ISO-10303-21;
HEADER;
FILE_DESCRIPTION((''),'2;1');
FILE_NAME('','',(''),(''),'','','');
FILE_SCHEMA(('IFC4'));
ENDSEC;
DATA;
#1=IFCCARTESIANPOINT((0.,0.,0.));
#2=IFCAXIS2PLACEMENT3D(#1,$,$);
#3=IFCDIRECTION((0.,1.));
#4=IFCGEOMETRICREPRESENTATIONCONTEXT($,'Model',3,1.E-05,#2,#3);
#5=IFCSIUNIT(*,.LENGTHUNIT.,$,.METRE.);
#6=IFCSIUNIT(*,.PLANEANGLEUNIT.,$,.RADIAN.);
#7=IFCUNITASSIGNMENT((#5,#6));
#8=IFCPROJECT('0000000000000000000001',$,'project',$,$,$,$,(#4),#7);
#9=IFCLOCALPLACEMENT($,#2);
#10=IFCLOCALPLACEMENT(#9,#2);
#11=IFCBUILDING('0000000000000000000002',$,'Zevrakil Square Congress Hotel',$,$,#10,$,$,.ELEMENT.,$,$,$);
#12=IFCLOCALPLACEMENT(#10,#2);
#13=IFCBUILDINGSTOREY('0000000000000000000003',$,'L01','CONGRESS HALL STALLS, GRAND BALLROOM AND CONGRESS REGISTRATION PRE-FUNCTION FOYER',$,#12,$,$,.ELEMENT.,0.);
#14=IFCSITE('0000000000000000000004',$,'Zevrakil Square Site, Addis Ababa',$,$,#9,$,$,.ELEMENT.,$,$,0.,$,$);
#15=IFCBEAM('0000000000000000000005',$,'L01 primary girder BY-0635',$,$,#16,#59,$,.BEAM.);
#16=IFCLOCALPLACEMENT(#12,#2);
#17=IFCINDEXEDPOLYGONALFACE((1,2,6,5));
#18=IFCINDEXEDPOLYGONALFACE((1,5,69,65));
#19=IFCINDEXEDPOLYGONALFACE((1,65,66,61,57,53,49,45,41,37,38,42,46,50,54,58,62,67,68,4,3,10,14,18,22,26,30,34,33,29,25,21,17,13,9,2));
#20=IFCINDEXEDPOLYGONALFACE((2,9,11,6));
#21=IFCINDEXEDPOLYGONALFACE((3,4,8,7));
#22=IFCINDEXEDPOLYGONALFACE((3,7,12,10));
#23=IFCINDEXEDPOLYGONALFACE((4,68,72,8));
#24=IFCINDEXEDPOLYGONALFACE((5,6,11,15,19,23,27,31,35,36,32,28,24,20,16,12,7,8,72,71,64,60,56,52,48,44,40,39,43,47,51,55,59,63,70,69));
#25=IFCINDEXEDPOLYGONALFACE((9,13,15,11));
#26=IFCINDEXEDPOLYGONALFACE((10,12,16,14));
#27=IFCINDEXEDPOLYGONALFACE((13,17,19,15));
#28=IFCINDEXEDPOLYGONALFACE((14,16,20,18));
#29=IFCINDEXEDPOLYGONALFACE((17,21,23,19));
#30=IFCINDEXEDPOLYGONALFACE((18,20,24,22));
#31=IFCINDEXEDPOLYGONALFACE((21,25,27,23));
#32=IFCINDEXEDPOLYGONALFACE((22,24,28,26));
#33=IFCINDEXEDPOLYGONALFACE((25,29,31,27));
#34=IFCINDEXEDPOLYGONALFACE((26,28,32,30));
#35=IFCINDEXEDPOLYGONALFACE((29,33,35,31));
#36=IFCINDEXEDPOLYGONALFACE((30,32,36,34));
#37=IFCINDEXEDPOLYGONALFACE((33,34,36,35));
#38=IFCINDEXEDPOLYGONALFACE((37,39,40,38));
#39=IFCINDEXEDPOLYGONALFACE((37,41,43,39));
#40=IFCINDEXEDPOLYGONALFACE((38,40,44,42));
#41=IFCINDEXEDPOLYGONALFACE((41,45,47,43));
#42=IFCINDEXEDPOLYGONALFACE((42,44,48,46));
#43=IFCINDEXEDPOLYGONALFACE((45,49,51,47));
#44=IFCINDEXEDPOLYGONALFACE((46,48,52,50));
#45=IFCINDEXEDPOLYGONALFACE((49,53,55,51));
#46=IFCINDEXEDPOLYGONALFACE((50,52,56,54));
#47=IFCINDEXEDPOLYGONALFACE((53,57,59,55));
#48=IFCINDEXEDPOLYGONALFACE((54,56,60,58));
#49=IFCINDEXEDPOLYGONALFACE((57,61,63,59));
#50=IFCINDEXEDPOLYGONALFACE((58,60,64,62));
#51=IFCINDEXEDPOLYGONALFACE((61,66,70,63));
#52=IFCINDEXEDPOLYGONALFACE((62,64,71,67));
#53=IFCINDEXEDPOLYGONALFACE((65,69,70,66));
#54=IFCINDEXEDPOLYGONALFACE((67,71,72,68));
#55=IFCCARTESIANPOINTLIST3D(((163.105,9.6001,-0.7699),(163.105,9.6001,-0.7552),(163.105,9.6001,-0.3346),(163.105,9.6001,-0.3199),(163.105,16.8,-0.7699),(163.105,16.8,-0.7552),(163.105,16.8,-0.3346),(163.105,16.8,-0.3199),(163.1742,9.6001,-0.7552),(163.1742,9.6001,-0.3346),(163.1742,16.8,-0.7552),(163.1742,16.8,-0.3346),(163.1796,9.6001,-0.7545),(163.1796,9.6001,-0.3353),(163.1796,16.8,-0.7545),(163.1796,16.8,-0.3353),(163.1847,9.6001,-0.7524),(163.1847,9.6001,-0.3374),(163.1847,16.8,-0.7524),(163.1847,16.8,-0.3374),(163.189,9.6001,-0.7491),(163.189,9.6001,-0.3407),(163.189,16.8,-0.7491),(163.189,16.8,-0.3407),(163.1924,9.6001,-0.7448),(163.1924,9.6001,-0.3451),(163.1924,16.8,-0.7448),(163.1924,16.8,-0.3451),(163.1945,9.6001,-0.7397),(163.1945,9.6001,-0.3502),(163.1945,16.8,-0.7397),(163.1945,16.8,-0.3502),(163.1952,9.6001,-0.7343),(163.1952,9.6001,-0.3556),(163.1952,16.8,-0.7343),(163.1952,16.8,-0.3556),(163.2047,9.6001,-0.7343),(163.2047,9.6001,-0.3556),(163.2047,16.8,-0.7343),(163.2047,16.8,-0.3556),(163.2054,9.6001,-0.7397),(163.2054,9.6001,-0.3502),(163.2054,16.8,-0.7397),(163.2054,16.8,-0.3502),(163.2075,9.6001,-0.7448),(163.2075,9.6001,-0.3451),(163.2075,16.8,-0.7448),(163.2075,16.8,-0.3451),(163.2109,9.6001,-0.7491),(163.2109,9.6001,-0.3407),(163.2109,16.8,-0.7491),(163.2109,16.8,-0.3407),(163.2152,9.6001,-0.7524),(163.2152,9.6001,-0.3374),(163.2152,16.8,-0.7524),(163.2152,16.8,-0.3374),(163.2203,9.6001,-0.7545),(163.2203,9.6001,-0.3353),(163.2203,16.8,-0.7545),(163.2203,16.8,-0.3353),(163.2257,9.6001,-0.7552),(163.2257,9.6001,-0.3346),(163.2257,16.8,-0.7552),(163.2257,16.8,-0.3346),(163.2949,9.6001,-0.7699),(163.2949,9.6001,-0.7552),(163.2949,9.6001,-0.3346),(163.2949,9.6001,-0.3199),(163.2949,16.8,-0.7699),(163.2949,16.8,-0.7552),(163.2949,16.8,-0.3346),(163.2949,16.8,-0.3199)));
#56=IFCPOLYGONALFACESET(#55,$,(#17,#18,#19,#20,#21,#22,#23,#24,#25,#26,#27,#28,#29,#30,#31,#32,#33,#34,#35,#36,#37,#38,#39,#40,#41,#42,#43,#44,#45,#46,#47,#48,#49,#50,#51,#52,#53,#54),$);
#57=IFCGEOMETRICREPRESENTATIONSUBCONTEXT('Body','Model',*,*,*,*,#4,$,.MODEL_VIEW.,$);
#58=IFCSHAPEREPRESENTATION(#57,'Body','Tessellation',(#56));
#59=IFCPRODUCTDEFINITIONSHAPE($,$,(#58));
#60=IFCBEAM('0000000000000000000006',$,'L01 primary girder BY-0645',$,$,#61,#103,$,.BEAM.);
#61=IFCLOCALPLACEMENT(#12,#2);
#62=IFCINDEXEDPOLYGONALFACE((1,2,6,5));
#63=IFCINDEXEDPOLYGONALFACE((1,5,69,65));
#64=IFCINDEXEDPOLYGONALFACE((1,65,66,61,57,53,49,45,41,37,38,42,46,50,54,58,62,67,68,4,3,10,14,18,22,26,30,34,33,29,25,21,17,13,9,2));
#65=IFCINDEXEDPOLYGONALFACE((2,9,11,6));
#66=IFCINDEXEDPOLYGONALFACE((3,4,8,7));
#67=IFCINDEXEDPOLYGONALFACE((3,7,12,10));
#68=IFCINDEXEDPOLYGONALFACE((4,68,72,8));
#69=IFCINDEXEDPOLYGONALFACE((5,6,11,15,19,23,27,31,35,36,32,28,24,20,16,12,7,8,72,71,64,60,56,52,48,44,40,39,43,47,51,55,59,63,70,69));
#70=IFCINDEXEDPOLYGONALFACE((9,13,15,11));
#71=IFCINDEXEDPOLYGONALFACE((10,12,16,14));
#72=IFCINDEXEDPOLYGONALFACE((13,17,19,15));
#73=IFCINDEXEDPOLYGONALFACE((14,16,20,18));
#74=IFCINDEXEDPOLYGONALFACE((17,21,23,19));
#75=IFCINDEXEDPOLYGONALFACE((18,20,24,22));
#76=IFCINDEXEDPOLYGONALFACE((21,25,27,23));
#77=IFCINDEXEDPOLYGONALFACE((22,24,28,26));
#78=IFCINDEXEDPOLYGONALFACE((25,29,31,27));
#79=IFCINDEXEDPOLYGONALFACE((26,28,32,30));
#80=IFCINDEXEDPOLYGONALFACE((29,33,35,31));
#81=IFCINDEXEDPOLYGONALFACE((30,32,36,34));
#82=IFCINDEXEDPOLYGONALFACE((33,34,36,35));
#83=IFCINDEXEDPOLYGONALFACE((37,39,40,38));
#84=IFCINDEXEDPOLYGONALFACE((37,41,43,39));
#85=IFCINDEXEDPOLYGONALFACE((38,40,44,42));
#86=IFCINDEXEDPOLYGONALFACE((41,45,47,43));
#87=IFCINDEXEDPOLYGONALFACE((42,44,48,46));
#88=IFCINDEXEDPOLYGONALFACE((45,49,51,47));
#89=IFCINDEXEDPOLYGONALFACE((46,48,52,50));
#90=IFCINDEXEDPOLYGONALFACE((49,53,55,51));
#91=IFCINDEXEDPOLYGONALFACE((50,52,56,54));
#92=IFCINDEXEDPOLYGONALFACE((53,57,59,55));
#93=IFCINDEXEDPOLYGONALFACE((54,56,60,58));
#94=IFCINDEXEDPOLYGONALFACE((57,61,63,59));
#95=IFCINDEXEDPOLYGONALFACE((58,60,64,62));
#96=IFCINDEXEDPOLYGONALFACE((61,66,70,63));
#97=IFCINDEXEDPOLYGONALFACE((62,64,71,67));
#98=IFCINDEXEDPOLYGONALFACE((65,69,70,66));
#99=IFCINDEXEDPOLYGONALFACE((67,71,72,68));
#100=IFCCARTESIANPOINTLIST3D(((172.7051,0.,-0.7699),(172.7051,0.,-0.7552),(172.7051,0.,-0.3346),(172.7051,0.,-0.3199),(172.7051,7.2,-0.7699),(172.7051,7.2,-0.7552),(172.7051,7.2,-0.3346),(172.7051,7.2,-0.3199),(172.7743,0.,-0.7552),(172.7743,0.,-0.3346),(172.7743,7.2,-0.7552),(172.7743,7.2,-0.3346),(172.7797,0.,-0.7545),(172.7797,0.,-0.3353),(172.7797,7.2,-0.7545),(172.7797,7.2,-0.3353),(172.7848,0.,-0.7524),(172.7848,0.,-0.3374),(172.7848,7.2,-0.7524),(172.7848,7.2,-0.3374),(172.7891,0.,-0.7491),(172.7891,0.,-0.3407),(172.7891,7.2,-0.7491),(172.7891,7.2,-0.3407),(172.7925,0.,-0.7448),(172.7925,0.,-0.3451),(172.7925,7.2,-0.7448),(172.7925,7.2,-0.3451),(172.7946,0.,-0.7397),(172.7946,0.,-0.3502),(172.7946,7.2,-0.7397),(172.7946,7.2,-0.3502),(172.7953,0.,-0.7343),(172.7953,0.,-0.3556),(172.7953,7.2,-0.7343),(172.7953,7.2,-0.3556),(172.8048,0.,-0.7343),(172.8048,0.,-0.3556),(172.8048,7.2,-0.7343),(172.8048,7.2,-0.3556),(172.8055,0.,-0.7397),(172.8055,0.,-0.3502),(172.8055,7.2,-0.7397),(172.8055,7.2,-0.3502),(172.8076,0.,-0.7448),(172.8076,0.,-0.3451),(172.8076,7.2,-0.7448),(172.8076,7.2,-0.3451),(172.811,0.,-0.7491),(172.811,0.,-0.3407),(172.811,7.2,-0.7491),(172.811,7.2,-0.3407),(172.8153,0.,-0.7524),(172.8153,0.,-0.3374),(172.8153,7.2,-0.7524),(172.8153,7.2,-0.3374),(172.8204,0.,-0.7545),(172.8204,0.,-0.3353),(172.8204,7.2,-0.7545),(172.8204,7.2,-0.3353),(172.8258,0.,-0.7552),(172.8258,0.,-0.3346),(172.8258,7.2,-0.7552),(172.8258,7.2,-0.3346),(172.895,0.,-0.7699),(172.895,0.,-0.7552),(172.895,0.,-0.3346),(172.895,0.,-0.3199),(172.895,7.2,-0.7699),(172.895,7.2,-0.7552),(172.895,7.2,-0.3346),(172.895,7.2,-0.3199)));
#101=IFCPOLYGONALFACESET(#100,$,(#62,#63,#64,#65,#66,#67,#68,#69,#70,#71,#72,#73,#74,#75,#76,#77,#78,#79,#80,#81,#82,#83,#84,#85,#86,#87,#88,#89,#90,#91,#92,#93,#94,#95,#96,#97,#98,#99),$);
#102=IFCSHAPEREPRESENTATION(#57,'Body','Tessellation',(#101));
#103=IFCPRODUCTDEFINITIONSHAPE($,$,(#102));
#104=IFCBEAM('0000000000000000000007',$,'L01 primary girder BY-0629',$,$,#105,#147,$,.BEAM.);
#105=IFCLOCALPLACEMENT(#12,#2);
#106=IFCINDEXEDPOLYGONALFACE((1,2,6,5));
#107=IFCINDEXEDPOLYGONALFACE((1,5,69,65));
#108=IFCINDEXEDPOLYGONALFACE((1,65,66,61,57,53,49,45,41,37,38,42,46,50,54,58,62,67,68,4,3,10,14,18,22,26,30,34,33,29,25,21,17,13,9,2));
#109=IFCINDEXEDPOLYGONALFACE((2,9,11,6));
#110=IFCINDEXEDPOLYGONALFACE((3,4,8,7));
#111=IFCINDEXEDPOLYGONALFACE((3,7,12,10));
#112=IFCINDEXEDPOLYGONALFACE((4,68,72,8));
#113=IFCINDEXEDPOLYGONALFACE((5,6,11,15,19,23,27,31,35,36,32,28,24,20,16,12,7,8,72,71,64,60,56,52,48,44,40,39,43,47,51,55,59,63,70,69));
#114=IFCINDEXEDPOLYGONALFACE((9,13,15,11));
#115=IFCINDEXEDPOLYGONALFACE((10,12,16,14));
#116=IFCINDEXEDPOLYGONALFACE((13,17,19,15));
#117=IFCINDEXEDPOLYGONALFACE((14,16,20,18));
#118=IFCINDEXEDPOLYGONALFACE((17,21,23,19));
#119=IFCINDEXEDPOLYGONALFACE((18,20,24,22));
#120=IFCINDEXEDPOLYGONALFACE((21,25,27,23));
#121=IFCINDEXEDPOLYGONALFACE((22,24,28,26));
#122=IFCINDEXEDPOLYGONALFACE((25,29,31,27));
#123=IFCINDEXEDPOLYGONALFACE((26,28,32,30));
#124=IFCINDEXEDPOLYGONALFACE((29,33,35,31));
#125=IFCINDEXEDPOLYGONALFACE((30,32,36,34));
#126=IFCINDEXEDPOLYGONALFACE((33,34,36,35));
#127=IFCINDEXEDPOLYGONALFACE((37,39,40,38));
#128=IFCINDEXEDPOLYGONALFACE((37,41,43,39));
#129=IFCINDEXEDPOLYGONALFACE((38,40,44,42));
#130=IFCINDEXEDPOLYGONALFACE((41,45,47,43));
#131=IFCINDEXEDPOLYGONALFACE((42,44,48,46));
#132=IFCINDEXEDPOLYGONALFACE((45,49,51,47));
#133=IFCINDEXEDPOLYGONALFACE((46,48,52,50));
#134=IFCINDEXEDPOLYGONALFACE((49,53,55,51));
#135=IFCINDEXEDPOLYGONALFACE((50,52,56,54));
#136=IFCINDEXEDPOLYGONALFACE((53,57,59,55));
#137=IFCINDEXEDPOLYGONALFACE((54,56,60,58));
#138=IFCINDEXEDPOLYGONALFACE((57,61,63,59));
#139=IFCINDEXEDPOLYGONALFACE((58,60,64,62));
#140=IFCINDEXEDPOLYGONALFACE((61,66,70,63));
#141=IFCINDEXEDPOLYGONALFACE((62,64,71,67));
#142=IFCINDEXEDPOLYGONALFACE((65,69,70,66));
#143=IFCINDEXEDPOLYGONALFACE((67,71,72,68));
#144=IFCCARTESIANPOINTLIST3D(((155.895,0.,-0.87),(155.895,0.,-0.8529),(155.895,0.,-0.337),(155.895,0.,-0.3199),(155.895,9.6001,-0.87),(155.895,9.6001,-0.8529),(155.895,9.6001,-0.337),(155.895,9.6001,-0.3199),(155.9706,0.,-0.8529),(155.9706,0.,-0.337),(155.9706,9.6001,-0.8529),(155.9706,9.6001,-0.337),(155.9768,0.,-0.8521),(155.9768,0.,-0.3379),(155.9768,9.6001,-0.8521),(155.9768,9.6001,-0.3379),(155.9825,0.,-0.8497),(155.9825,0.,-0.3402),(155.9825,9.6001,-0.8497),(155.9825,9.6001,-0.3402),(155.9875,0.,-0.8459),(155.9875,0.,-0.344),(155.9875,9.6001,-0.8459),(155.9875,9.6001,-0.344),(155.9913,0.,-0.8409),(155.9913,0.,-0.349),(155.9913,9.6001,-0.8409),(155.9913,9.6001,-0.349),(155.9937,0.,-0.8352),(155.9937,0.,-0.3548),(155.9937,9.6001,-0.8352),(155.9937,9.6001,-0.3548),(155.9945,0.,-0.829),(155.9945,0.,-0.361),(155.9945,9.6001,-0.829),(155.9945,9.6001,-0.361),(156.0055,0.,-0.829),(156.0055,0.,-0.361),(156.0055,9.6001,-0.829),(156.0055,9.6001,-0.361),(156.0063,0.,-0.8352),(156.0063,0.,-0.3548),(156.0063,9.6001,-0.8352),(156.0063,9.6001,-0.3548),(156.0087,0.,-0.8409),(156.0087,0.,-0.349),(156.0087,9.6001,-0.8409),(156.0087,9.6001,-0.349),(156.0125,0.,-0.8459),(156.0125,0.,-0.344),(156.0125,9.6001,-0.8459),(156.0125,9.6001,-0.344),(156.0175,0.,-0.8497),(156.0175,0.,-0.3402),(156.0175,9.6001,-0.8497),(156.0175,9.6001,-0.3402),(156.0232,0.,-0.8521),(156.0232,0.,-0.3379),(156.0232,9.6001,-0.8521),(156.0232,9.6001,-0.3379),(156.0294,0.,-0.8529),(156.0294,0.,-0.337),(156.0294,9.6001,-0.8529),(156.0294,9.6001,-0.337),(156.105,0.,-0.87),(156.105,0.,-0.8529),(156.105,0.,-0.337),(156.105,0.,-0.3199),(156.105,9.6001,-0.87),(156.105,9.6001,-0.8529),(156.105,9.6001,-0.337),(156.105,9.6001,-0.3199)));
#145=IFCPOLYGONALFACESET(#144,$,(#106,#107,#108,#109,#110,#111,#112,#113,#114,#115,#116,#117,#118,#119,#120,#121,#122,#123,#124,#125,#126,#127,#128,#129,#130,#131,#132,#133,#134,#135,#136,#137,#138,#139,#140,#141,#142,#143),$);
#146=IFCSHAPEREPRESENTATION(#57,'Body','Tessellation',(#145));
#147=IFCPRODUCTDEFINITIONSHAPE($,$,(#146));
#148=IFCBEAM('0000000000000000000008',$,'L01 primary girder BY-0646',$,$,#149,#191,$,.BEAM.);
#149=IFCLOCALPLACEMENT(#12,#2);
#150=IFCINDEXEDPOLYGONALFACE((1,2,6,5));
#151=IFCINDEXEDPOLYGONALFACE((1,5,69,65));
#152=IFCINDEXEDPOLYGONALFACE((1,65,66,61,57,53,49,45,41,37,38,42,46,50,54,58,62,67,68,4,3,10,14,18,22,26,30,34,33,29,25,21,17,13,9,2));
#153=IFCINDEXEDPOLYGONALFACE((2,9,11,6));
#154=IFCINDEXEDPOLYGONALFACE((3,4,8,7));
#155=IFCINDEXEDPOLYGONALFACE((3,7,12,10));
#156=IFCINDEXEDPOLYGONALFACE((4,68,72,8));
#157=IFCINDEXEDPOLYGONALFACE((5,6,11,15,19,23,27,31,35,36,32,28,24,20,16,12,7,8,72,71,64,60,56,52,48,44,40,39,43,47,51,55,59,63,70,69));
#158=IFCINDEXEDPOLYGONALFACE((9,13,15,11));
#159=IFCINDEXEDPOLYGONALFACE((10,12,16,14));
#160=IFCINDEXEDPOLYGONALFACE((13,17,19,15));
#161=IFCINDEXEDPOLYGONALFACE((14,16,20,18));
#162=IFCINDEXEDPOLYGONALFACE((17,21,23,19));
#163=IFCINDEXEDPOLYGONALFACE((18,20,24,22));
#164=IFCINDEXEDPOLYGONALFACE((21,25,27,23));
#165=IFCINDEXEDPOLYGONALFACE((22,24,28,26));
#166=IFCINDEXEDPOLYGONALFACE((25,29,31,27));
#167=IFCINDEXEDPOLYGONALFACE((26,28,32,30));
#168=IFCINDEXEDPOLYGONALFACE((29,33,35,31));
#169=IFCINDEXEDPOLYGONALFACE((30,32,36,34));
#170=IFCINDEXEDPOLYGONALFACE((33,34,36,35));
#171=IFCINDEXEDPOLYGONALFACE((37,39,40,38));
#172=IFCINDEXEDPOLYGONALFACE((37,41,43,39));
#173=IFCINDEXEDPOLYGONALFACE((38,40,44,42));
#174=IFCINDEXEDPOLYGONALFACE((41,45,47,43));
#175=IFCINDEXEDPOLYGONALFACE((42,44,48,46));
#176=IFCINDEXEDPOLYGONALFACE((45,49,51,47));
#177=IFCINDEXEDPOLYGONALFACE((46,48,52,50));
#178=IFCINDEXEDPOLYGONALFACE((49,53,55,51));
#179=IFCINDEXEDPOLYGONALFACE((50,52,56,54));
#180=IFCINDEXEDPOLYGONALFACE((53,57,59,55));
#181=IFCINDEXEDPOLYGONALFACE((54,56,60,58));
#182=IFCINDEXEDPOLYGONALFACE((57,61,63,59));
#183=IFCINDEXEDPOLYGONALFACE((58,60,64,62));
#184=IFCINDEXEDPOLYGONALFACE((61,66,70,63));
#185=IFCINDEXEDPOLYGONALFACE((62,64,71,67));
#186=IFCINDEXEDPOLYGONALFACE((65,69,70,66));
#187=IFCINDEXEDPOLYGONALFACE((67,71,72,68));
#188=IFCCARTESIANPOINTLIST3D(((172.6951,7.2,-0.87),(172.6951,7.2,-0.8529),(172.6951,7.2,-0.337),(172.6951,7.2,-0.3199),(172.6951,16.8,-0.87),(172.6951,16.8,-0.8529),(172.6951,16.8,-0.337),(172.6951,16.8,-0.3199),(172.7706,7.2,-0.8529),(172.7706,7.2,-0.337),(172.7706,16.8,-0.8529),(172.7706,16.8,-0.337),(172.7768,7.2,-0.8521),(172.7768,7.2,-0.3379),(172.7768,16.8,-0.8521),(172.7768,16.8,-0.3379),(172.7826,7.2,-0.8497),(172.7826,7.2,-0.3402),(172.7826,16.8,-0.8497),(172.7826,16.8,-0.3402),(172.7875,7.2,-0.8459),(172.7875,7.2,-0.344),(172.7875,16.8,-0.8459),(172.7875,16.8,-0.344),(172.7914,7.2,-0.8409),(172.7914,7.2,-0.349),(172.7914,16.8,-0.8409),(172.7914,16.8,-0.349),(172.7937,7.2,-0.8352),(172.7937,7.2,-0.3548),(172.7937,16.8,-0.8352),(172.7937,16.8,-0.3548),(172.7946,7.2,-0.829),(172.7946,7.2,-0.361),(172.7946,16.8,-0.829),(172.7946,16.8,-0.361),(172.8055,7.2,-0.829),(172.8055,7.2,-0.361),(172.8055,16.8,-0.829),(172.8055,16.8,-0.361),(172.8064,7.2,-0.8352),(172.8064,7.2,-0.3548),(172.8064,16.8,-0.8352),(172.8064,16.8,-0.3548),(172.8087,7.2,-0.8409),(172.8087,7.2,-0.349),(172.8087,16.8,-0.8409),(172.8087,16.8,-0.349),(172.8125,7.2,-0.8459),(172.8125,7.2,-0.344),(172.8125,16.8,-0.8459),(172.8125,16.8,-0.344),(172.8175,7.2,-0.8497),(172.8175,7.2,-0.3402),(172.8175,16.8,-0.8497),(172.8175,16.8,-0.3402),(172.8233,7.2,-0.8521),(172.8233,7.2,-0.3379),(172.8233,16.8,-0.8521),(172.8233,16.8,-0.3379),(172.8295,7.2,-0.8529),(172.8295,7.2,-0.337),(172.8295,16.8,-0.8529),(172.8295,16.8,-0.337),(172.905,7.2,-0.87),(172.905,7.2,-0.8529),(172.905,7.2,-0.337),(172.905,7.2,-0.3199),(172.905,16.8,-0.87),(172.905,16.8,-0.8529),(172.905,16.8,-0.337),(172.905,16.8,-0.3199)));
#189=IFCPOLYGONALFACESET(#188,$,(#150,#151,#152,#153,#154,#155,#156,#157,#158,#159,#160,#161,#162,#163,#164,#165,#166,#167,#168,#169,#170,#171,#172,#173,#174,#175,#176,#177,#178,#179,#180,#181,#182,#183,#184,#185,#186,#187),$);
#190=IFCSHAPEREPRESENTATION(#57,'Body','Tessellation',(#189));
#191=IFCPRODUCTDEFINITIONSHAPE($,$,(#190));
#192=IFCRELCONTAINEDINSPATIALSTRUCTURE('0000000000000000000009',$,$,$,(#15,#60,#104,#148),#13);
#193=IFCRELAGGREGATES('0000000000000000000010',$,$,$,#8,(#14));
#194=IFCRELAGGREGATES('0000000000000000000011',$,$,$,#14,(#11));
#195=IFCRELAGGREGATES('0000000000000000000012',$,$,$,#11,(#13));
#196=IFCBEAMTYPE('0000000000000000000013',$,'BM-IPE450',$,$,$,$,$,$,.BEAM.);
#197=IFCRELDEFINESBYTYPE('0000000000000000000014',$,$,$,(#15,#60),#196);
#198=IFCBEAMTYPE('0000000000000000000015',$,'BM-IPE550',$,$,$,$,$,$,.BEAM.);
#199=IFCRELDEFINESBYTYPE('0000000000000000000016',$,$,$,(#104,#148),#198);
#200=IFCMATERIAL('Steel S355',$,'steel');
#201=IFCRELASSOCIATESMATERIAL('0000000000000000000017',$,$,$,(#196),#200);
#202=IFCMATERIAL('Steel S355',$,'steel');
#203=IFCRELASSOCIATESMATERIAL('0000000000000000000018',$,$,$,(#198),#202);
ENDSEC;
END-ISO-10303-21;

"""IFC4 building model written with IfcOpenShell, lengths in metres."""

from ifc_helpers import new_model, si_unit, direction, frame, origin, origin_2d, place, context, subcontext, project, spatial, i_section, extrude, material, material_profile, profile_set, type_object, element, save


model = new_model("IFC4")

# Units and contexts
model_context = context("Model", 3, precision=1e-05, world=origin(), true_north=direction((0.0, 1.0)))
body_context = subcontext(model_context, "Body", "Model", "MODEL_VIEW")
ifc_project = project(units=[si_unit("LENGTHUNIT", "METRE"), si_unit("PLANEANGLEUNIT", "RADIAN")], contexts=[model_context])

# Site, building, storey
site_placement = place(None, origin())
site = spatial("IfcSite", under=ifc_project, at=site_placement, Name="Zevrakil Square Site, Addis Ababa", CompositionType="ELEMENT", RefElevation=0.0)
building_placement = place(site_placement, origin())
building = spatial("IfcBuilding", under=site, at=building_placement, Name="Zevrakil Square Congress Hotel", CompositionType="ELEMENT")
storey_placement = place(building_placement, origin())
storey = spatial("IfcBuildingStorey", under=building, at=storey_placement, Name="L01", Description="CONGRESS HALL STALLS, GRAND BALLROOM AND CONGRESS REGISTRATION PRE-FUNCTION FOYER", CompositionType="ELEMENT", Elevation=0.0)

# Beams
ifc_material_1 = material(Name="Steel S355", Category="steel")
ifc_material_profile_1 = material_profile(ifc_material_1, i_section(OverallWidth=0.1899, OverallDepth=0.45, WebThickness=0.0095, FlangeThickness=0.0146, FilletRadius=0.021, at=origin_2d()), Name="IPE 450")
ifc_profile_set_1 = profile_set([ifc_material_profile_1], Name="Steel S355")
beam_type_1 = type_object("IfcBeamType", Name="BM-IPE450", PredefinedType="BEAM", material=ifc_profile_set_1)
for number, where, z_axis, x_axis, name in (
    (1, (163.2, 9.6001, -0.5449), (0.0, 1.0, 0.0), (-1.0, 0.0, 0.0), "L01 primary girder BY-0635"),
    (2, (172.8, 0.0, -0.5449), (0.0, 1.0, 0.0), (-1.0, 0.0, 0.0), "L01 primary girder BY-0645"),
):
    element("IfcBeam", number, at=place(storey_placement, frame(where, z_axis=z_axis, x_axis=x_axis)), inside=storey, type_object=beam_type_1, Name=name, PredefinedType="BEAM", context=body_context, shape_type="SweptSolid", body=[
        extrude(i_section(OverallWidth=0.1899, OverallDepth=0.45, WebThickness=0.0095, FlangeThickness=0.0146, FilletRadius=0.021, at=origin_2d()), origin(), (0.0, 0.0, 1.0), 7.2),
    ])
ifc_material_2 = material(Name="Steel S355", Category="steel")
ifc_material_profile_2 = material_profile(ifc_material_2, i_section(OverallWidth=0.21, OverallDepth=0.55, WebThickness=0.011, FlangeThickness=0.0171, FilletRadius=0.0239, at=origin_2d()), Name="IPE 550")
ifc_profile_set_2 = profile_set([ifc_material_profile_2], Name="Steel S355")
beam_type_2 = type_object("IfcBeamType", Name="BM-IPE550", PredefinedType="BEAM", material=ifc_profile_set_2)
for number, where, z_axis, x_axis, name in (
    (3, (156.0, 0.0, -0.595), (0.0, 1.0, 0.0), (-1.0, 0.0, 0.0), "L01 primary girder BY-0629"),
    (4, (172.8, 7.2, -0.595), (0.0, 1.0, 0.0), (-1.0, 0.0, 0.0), "L01 primary girder BY-0646"),
):
    element("IfcBeam", number, at=place(storey_placement, frame(where, z_axis=z_axis, x_axis=x_axis)), inside=storey, type_object=beam_type_2, Name=name, PredefinedType="BEAM", context=body_context, shape_type="SweptSolid", body=[
        extrude(i_section(OverallWidth=0.21, OverallDepth=0.55, WebThickness=0.011, FlangeThickness=0.0171, FilletRadius=0.0239, at=origin_2d()), origin(), (0.0, 0.0, 1.0), 9.6001),
    ])

save(model, "model.ifc")
